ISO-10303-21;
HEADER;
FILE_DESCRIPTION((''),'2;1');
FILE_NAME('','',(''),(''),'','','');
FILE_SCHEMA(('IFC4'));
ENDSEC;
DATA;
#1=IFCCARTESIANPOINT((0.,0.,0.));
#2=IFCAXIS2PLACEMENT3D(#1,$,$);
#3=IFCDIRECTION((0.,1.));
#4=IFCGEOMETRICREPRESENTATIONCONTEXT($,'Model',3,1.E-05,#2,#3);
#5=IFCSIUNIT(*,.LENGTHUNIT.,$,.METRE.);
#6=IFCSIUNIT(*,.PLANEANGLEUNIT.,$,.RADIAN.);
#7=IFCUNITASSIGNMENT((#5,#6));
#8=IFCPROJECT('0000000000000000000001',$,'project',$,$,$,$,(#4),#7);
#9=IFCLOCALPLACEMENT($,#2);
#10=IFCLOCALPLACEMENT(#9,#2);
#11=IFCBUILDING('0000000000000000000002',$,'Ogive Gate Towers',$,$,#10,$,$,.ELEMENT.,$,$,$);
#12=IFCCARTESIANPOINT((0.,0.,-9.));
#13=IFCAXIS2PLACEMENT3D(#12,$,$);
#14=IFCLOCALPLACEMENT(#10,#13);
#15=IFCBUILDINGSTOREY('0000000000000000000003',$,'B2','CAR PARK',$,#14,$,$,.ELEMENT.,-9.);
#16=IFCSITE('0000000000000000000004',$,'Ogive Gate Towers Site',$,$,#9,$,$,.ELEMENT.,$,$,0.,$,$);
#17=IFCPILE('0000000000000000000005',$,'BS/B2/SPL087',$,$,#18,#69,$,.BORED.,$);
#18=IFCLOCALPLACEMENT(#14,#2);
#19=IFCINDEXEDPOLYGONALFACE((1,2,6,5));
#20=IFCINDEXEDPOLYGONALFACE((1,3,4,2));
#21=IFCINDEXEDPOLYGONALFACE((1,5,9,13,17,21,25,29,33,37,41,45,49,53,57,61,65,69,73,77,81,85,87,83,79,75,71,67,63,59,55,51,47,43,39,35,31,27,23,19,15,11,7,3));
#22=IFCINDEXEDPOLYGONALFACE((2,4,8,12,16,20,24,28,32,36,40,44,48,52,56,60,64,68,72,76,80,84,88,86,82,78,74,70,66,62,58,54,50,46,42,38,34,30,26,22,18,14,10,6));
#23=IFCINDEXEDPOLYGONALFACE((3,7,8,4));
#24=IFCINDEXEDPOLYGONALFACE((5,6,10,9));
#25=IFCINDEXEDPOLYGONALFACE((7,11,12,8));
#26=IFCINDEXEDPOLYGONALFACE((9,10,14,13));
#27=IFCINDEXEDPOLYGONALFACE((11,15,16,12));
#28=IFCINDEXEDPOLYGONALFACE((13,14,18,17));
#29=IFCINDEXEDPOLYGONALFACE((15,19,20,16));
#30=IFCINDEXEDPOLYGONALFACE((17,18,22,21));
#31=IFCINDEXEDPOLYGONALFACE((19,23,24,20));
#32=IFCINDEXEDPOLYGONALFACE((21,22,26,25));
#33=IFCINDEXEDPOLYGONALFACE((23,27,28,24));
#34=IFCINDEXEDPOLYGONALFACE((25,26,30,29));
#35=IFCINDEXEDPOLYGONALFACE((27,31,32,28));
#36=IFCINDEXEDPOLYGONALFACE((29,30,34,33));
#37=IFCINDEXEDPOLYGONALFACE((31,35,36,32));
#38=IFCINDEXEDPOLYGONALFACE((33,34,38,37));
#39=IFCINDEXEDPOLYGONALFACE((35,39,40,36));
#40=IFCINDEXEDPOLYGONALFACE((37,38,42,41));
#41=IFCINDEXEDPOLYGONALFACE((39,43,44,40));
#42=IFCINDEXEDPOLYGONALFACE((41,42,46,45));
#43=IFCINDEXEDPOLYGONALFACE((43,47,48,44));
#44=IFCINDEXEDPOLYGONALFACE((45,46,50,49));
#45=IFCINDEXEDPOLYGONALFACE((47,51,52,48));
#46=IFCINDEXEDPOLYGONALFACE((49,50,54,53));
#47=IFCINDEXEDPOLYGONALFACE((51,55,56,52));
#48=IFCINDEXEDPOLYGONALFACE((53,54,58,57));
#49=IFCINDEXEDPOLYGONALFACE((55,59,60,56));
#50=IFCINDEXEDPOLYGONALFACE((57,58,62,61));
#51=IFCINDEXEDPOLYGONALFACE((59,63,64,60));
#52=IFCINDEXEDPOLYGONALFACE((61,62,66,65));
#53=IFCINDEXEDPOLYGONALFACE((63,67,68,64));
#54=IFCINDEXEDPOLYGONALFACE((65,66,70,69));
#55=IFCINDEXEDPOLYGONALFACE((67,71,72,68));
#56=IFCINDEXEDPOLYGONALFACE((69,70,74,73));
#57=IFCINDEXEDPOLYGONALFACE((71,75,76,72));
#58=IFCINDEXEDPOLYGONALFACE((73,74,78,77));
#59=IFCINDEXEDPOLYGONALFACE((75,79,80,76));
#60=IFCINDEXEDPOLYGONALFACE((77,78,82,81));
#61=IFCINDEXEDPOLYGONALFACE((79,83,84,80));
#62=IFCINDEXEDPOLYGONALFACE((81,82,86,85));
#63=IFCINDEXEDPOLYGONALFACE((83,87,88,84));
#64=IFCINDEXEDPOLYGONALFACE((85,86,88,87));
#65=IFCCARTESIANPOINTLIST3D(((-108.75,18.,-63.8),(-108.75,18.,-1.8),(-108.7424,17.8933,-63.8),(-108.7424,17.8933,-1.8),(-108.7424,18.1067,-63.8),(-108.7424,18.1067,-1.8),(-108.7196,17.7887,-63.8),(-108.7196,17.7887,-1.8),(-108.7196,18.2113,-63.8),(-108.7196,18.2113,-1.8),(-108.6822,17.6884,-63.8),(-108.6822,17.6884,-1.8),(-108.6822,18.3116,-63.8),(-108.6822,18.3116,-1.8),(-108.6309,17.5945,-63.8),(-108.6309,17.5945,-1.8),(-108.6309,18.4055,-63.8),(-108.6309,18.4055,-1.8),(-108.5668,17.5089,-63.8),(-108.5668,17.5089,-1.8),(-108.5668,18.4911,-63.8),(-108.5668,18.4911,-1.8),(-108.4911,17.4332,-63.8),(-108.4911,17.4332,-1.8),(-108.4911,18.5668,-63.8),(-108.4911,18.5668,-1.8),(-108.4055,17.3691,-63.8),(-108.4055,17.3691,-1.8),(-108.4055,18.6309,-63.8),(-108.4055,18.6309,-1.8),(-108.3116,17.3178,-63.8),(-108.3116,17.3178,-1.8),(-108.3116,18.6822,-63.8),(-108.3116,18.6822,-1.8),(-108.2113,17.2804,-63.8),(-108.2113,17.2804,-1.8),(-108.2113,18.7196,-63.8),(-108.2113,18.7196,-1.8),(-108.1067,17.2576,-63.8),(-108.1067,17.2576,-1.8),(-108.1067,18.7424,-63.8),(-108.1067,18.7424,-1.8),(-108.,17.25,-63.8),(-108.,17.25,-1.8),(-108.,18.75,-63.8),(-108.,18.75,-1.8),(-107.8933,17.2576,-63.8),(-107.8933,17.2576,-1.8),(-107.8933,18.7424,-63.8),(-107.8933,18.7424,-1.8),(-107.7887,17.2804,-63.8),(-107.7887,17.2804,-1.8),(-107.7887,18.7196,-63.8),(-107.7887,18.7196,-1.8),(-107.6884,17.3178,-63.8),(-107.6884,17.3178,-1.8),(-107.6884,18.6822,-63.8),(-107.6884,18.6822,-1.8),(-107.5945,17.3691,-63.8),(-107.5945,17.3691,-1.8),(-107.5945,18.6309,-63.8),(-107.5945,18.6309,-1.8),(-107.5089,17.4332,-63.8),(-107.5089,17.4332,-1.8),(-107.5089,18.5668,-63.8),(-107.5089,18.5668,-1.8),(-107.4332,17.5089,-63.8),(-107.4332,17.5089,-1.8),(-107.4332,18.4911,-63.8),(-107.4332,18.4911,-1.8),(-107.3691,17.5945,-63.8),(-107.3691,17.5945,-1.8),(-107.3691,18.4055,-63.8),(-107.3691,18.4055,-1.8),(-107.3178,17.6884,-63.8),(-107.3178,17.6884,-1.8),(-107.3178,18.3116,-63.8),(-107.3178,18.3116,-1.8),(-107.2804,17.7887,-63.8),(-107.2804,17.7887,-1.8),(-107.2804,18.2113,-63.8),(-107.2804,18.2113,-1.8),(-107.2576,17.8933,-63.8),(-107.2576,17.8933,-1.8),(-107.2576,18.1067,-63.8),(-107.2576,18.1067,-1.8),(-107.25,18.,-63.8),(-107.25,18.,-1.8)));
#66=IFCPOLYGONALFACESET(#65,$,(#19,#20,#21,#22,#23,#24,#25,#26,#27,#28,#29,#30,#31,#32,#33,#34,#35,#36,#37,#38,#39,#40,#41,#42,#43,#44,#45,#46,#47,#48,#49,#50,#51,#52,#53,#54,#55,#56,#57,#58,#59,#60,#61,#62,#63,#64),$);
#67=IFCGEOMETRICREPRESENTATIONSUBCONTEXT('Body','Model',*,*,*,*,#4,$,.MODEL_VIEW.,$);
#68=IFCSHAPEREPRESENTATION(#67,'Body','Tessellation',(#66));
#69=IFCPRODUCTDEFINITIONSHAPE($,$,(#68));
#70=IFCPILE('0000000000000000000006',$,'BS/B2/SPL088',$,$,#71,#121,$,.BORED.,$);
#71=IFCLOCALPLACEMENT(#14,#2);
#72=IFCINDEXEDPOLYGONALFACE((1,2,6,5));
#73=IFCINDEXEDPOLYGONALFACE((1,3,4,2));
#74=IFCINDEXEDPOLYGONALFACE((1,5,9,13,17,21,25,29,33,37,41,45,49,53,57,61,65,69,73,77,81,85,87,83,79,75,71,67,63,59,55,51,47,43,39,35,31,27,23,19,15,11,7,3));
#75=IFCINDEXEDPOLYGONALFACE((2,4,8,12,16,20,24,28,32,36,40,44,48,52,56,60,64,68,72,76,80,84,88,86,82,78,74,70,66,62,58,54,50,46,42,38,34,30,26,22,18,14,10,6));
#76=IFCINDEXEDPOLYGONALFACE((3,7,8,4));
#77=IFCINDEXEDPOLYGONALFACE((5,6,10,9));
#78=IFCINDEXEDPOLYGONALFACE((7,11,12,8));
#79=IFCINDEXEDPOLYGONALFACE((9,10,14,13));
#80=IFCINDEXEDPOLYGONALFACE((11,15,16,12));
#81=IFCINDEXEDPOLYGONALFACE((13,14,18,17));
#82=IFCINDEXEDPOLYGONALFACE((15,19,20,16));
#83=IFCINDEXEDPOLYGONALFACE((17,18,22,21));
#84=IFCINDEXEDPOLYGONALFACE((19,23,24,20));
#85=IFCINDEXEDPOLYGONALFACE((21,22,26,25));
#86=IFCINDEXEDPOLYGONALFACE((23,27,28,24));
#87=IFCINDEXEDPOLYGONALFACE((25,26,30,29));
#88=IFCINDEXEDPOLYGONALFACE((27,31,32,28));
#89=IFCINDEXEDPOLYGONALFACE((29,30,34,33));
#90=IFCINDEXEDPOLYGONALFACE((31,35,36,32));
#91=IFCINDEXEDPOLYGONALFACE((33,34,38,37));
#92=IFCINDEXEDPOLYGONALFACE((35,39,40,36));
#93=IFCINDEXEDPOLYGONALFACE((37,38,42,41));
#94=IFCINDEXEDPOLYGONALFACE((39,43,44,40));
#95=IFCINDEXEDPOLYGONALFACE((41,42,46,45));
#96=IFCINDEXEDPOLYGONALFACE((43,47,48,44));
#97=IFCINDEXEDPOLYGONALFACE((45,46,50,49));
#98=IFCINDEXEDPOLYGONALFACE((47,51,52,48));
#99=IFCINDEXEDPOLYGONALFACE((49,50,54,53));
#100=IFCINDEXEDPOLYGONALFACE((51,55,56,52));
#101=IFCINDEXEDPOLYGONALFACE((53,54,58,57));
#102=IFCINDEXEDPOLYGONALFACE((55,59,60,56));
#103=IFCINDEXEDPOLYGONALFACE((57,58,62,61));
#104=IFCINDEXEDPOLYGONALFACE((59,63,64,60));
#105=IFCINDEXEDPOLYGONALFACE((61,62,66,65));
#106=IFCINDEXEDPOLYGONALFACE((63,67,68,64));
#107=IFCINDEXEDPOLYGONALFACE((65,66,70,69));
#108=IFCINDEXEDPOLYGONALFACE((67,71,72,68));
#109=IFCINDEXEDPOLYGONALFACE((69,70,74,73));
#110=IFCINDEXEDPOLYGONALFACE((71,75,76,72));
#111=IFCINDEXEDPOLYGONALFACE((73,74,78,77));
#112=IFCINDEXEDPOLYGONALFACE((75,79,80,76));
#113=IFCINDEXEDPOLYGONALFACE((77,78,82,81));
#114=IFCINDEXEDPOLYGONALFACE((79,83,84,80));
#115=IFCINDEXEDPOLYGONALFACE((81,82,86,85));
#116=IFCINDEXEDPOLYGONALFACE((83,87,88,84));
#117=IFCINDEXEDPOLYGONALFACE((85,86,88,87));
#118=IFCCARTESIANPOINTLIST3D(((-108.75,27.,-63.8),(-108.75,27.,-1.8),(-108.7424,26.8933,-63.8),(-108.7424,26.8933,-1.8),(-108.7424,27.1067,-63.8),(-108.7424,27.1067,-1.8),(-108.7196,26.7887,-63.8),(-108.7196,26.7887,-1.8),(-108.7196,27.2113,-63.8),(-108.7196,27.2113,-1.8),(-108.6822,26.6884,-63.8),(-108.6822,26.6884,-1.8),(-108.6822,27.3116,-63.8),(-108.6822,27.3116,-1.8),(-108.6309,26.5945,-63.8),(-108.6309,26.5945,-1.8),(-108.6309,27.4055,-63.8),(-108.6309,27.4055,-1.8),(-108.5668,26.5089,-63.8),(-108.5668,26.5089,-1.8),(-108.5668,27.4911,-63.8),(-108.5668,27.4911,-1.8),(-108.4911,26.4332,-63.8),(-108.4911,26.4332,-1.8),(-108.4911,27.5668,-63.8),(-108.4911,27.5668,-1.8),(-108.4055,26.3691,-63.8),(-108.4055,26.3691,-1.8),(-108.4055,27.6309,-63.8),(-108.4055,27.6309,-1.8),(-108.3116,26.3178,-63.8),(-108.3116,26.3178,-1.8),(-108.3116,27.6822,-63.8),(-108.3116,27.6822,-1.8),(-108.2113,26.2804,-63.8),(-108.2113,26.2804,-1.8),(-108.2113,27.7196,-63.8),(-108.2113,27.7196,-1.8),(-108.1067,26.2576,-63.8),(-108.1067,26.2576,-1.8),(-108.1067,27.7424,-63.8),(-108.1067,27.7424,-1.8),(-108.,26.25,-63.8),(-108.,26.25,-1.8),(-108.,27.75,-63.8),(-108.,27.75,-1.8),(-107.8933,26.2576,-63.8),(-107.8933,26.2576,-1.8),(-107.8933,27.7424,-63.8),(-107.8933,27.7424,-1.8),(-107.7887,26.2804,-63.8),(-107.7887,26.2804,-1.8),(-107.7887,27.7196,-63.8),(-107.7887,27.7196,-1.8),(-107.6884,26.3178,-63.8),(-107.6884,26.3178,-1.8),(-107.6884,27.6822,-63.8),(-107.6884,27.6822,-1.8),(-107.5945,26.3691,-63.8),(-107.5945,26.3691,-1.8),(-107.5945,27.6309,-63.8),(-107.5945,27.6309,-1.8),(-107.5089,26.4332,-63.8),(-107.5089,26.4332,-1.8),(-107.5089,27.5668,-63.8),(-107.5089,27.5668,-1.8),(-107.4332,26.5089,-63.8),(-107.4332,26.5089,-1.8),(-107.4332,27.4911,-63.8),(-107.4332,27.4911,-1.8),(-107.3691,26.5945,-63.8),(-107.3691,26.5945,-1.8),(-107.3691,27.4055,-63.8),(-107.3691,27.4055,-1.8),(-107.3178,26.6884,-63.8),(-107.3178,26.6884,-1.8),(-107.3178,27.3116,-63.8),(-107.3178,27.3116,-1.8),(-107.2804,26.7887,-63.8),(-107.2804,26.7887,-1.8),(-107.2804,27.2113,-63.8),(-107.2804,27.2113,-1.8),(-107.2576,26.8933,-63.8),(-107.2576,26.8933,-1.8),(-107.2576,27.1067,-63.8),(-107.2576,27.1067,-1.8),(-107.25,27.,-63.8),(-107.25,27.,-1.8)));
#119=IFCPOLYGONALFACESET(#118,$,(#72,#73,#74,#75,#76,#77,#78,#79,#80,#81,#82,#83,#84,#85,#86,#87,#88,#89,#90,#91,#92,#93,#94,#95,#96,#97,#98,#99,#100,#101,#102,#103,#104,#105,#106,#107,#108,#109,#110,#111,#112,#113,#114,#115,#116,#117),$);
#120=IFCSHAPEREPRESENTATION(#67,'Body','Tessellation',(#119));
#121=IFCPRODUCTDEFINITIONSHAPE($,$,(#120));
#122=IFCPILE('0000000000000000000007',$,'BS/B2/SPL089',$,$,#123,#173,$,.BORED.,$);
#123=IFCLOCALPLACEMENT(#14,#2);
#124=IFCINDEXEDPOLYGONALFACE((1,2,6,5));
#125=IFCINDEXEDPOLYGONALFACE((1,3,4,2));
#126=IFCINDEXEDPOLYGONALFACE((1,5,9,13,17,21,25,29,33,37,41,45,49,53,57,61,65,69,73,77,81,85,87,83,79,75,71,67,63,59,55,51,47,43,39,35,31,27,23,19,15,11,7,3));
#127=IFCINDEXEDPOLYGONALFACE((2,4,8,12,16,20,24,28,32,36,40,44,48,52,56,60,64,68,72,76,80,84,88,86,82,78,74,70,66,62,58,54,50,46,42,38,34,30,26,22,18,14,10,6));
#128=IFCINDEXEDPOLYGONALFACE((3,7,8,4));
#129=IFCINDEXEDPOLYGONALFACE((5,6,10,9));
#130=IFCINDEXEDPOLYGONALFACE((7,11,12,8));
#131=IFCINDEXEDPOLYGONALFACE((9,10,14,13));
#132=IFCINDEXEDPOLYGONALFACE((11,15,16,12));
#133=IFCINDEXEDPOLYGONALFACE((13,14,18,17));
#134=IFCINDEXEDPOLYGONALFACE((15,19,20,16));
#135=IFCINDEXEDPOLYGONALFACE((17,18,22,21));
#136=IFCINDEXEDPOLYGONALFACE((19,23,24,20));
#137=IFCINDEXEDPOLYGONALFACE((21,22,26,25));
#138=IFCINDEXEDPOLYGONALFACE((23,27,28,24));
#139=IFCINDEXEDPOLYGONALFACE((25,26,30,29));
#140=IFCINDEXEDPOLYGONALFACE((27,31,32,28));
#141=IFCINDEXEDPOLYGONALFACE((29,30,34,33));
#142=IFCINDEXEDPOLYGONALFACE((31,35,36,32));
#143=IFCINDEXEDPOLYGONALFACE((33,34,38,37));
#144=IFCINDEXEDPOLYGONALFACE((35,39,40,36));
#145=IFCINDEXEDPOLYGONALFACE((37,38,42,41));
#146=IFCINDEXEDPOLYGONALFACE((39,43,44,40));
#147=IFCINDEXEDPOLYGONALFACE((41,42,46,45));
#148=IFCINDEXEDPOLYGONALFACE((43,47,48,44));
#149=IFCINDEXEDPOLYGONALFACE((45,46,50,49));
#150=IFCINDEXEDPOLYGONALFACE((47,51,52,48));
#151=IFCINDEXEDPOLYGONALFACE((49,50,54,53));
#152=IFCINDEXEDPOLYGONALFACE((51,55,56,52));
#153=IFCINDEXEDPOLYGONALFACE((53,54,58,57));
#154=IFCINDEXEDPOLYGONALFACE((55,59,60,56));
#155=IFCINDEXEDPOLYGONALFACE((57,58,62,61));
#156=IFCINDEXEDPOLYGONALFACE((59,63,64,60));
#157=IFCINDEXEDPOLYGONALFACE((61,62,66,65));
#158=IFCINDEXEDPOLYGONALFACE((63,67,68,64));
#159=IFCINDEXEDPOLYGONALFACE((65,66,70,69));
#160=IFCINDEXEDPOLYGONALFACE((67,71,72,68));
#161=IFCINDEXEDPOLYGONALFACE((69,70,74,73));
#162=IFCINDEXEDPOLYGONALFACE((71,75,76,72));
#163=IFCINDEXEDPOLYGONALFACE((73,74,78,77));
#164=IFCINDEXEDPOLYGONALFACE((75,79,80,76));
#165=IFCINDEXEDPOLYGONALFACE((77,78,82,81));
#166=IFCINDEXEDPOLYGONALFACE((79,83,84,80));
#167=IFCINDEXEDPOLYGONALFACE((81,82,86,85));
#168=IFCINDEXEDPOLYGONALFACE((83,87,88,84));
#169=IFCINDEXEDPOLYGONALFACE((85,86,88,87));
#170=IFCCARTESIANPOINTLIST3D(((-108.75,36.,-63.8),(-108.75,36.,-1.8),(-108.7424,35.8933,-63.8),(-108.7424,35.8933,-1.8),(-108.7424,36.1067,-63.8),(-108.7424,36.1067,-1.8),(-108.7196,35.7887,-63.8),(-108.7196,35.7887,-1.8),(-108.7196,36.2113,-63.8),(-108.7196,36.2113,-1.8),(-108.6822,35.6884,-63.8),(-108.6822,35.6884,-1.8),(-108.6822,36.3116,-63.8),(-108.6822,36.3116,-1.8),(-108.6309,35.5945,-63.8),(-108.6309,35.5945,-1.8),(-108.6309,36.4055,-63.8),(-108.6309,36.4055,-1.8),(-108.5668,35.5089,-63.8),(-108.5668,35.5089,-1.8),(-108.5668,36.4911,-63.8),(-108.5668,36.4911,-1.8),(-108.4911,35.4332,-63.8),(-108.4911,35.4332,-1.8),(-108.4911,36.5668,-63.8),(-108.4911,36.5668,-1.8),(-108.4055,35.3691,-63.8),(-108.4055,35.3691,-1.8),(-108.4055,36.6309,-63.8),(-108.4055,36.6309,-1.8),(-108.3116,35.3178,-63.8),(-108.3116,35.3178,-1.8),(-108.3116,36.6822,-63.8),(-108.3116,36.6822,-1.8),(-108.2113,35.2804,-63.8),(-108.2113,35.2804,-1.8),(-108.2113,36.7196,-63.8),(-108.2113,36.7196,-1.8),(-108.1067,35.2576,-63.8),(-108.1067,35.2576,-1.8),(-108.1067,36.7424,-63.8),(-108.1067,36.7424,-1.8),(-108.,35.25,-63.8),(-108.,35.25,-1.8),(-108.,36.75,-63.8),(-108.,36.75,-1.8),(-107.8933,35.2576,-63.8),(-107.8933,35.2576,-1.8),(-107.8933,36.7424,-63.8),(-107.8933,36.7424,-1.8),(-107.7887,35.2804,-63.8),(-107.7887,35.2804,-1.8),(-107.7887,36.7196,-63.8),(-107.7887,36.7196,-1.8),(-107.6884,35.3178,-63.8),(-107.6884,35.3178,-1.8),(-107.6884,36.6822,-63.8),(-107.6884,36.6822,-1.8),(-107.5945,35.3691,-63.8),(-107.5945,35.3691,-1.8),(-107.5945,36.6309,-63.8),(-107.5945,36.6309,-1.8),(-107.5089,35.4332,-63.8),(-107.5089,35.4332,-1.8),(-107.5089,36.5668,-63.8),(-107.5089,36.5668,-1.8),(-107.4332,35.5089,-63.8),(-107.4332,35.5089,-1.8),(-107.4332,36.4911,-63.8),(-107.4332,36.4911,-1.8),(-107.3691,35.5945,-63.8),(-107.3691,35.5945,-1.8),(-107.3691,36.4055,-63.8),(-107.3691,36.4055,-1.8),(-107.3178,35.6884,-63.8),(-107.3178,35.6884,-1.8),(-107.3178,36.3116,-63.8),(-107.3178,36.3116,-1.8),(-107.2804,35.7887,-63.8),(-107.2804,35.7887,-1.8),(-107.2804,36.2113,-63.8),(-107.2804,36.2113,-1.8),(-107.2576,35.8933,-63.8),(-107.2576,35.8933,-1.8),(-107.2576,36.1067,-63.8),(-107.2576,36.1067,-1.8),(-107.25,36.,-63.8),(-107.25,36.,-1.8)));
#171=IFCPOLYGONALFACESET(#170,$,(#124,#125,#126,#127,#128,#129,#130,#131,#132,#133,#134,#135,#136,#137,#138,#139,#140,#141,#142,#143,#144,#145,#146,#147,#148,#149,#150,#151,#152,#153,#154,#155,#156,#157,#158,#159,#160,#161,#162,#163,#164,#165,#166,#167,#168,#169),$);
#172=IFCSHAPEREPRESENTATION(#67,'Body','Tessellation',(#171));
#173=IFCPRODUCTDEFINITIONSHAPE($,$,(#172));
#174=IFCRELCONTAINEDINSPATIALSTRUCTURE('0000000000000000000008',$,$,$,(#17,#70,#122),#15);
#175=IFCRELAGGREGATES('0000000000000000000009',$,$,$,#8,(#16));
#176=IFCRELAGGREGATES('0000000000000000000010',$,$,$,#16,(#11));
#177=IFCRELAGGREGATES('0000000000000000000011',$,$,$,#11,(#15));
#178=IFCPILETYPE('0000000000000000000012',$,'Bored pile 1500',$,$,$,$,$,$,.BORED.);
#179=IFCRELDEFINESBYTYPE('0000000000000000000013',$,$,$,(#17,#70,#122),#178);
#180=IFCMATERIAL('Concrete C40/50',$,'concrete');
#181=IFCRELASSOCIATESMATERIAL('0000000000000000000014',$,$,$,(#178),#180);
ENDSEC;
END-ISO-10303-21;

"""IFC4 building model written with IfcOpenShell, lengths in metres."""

from ifc_helpers import new_model, si_unit, direction, frame, origin, origin_2d, place, context, subcontext, project, spatial, circle, extrude, material, material_profile, profile_set, type_object, element, save


model = new_model("IFC4")

# Units and contexts
model_context = context("Model", 3, precision=1e-05, world=origin(), true_north=direction((0.0, 1.0)))
body_context = subcontext(model_context, "Body", "Model", "MODEL_VIEW")
ifc_project = project(units=[si_unit("LENGTHUNIT", "METRE"), si_unit("PLANEANGLEUNIT", "RADIAN")], contexts=[model_context])

# Site, building, storey
site_placement = place(None, origin())
site = spatial("IfcSite", under=ifc_project, at=site_placement, Name="Ogive Gate Towers Site", CompositionType="ELEMENT", RefElevation=0.0)
building_placement = place(site_placement, origin())
building = spatial("IfcBuilding", under=site, at=building_placement, Name="Ogive Gate Towers", CompositionType="ELEMENT")
storey_placement = place(building_placement, frame((0.0, 0.0, -9.0)))
storey = spatial("IfcBuildingStorey", under=building, at=storey_placement, Name="B2", Description="CAR PARK", CompositionType="ELEMENT", Elevation=-9.0)

# Piles
ifc_material_1 = material(Name="Concrete C40/50", Category="concrete")
ifc_material_profile_1 = material_profile(ifc_material_1, circle(Radius=0.75, at=origin_2d()), Name="BP 1500")
ifc_profile_set_1 = profile_set([ifc_material_profile_1], Name="Concrete C40/50")
pile_type = type_object("IfcPileType", Name="Bored pile 1500", PredefinedType="BORED", material=ifc_profile_set_1)
for number, where, z_axis, x_axis, name in (
    (1, (-108.0, 18.0, -1.8), (0.0, 0.0, -1.0), (1.0, 0.0, 0.0), "BS/B2/SPL087"),
    (2, (-108.0, 27.0, -1.8), (0.0, 0.0, -1.0), (1.0, 0.0, 0.0), "BS/B2/SPL088"),
    (3, (-108.0, 36.0, -1.8), (0.0, 0.0, -1.0), (1.0, 0.0, 0.0), "BS/B2/SPL089"),
):
    element("IfcPile", number, at=place(storey_placement, frame(where, z_axis=z_axis, x_axis=x_axis)), inside=storey, type_object=pile_type, Name=name, PredefinedType="BORED", context=body_context, shape_type="SweptSolid", body=[
        extrude(circle(Radius=0.75, at=origin_2d()), origin(), (0.0, 0.0, 1.0), 62.0),
    ])

save(model, "model.ifc")
